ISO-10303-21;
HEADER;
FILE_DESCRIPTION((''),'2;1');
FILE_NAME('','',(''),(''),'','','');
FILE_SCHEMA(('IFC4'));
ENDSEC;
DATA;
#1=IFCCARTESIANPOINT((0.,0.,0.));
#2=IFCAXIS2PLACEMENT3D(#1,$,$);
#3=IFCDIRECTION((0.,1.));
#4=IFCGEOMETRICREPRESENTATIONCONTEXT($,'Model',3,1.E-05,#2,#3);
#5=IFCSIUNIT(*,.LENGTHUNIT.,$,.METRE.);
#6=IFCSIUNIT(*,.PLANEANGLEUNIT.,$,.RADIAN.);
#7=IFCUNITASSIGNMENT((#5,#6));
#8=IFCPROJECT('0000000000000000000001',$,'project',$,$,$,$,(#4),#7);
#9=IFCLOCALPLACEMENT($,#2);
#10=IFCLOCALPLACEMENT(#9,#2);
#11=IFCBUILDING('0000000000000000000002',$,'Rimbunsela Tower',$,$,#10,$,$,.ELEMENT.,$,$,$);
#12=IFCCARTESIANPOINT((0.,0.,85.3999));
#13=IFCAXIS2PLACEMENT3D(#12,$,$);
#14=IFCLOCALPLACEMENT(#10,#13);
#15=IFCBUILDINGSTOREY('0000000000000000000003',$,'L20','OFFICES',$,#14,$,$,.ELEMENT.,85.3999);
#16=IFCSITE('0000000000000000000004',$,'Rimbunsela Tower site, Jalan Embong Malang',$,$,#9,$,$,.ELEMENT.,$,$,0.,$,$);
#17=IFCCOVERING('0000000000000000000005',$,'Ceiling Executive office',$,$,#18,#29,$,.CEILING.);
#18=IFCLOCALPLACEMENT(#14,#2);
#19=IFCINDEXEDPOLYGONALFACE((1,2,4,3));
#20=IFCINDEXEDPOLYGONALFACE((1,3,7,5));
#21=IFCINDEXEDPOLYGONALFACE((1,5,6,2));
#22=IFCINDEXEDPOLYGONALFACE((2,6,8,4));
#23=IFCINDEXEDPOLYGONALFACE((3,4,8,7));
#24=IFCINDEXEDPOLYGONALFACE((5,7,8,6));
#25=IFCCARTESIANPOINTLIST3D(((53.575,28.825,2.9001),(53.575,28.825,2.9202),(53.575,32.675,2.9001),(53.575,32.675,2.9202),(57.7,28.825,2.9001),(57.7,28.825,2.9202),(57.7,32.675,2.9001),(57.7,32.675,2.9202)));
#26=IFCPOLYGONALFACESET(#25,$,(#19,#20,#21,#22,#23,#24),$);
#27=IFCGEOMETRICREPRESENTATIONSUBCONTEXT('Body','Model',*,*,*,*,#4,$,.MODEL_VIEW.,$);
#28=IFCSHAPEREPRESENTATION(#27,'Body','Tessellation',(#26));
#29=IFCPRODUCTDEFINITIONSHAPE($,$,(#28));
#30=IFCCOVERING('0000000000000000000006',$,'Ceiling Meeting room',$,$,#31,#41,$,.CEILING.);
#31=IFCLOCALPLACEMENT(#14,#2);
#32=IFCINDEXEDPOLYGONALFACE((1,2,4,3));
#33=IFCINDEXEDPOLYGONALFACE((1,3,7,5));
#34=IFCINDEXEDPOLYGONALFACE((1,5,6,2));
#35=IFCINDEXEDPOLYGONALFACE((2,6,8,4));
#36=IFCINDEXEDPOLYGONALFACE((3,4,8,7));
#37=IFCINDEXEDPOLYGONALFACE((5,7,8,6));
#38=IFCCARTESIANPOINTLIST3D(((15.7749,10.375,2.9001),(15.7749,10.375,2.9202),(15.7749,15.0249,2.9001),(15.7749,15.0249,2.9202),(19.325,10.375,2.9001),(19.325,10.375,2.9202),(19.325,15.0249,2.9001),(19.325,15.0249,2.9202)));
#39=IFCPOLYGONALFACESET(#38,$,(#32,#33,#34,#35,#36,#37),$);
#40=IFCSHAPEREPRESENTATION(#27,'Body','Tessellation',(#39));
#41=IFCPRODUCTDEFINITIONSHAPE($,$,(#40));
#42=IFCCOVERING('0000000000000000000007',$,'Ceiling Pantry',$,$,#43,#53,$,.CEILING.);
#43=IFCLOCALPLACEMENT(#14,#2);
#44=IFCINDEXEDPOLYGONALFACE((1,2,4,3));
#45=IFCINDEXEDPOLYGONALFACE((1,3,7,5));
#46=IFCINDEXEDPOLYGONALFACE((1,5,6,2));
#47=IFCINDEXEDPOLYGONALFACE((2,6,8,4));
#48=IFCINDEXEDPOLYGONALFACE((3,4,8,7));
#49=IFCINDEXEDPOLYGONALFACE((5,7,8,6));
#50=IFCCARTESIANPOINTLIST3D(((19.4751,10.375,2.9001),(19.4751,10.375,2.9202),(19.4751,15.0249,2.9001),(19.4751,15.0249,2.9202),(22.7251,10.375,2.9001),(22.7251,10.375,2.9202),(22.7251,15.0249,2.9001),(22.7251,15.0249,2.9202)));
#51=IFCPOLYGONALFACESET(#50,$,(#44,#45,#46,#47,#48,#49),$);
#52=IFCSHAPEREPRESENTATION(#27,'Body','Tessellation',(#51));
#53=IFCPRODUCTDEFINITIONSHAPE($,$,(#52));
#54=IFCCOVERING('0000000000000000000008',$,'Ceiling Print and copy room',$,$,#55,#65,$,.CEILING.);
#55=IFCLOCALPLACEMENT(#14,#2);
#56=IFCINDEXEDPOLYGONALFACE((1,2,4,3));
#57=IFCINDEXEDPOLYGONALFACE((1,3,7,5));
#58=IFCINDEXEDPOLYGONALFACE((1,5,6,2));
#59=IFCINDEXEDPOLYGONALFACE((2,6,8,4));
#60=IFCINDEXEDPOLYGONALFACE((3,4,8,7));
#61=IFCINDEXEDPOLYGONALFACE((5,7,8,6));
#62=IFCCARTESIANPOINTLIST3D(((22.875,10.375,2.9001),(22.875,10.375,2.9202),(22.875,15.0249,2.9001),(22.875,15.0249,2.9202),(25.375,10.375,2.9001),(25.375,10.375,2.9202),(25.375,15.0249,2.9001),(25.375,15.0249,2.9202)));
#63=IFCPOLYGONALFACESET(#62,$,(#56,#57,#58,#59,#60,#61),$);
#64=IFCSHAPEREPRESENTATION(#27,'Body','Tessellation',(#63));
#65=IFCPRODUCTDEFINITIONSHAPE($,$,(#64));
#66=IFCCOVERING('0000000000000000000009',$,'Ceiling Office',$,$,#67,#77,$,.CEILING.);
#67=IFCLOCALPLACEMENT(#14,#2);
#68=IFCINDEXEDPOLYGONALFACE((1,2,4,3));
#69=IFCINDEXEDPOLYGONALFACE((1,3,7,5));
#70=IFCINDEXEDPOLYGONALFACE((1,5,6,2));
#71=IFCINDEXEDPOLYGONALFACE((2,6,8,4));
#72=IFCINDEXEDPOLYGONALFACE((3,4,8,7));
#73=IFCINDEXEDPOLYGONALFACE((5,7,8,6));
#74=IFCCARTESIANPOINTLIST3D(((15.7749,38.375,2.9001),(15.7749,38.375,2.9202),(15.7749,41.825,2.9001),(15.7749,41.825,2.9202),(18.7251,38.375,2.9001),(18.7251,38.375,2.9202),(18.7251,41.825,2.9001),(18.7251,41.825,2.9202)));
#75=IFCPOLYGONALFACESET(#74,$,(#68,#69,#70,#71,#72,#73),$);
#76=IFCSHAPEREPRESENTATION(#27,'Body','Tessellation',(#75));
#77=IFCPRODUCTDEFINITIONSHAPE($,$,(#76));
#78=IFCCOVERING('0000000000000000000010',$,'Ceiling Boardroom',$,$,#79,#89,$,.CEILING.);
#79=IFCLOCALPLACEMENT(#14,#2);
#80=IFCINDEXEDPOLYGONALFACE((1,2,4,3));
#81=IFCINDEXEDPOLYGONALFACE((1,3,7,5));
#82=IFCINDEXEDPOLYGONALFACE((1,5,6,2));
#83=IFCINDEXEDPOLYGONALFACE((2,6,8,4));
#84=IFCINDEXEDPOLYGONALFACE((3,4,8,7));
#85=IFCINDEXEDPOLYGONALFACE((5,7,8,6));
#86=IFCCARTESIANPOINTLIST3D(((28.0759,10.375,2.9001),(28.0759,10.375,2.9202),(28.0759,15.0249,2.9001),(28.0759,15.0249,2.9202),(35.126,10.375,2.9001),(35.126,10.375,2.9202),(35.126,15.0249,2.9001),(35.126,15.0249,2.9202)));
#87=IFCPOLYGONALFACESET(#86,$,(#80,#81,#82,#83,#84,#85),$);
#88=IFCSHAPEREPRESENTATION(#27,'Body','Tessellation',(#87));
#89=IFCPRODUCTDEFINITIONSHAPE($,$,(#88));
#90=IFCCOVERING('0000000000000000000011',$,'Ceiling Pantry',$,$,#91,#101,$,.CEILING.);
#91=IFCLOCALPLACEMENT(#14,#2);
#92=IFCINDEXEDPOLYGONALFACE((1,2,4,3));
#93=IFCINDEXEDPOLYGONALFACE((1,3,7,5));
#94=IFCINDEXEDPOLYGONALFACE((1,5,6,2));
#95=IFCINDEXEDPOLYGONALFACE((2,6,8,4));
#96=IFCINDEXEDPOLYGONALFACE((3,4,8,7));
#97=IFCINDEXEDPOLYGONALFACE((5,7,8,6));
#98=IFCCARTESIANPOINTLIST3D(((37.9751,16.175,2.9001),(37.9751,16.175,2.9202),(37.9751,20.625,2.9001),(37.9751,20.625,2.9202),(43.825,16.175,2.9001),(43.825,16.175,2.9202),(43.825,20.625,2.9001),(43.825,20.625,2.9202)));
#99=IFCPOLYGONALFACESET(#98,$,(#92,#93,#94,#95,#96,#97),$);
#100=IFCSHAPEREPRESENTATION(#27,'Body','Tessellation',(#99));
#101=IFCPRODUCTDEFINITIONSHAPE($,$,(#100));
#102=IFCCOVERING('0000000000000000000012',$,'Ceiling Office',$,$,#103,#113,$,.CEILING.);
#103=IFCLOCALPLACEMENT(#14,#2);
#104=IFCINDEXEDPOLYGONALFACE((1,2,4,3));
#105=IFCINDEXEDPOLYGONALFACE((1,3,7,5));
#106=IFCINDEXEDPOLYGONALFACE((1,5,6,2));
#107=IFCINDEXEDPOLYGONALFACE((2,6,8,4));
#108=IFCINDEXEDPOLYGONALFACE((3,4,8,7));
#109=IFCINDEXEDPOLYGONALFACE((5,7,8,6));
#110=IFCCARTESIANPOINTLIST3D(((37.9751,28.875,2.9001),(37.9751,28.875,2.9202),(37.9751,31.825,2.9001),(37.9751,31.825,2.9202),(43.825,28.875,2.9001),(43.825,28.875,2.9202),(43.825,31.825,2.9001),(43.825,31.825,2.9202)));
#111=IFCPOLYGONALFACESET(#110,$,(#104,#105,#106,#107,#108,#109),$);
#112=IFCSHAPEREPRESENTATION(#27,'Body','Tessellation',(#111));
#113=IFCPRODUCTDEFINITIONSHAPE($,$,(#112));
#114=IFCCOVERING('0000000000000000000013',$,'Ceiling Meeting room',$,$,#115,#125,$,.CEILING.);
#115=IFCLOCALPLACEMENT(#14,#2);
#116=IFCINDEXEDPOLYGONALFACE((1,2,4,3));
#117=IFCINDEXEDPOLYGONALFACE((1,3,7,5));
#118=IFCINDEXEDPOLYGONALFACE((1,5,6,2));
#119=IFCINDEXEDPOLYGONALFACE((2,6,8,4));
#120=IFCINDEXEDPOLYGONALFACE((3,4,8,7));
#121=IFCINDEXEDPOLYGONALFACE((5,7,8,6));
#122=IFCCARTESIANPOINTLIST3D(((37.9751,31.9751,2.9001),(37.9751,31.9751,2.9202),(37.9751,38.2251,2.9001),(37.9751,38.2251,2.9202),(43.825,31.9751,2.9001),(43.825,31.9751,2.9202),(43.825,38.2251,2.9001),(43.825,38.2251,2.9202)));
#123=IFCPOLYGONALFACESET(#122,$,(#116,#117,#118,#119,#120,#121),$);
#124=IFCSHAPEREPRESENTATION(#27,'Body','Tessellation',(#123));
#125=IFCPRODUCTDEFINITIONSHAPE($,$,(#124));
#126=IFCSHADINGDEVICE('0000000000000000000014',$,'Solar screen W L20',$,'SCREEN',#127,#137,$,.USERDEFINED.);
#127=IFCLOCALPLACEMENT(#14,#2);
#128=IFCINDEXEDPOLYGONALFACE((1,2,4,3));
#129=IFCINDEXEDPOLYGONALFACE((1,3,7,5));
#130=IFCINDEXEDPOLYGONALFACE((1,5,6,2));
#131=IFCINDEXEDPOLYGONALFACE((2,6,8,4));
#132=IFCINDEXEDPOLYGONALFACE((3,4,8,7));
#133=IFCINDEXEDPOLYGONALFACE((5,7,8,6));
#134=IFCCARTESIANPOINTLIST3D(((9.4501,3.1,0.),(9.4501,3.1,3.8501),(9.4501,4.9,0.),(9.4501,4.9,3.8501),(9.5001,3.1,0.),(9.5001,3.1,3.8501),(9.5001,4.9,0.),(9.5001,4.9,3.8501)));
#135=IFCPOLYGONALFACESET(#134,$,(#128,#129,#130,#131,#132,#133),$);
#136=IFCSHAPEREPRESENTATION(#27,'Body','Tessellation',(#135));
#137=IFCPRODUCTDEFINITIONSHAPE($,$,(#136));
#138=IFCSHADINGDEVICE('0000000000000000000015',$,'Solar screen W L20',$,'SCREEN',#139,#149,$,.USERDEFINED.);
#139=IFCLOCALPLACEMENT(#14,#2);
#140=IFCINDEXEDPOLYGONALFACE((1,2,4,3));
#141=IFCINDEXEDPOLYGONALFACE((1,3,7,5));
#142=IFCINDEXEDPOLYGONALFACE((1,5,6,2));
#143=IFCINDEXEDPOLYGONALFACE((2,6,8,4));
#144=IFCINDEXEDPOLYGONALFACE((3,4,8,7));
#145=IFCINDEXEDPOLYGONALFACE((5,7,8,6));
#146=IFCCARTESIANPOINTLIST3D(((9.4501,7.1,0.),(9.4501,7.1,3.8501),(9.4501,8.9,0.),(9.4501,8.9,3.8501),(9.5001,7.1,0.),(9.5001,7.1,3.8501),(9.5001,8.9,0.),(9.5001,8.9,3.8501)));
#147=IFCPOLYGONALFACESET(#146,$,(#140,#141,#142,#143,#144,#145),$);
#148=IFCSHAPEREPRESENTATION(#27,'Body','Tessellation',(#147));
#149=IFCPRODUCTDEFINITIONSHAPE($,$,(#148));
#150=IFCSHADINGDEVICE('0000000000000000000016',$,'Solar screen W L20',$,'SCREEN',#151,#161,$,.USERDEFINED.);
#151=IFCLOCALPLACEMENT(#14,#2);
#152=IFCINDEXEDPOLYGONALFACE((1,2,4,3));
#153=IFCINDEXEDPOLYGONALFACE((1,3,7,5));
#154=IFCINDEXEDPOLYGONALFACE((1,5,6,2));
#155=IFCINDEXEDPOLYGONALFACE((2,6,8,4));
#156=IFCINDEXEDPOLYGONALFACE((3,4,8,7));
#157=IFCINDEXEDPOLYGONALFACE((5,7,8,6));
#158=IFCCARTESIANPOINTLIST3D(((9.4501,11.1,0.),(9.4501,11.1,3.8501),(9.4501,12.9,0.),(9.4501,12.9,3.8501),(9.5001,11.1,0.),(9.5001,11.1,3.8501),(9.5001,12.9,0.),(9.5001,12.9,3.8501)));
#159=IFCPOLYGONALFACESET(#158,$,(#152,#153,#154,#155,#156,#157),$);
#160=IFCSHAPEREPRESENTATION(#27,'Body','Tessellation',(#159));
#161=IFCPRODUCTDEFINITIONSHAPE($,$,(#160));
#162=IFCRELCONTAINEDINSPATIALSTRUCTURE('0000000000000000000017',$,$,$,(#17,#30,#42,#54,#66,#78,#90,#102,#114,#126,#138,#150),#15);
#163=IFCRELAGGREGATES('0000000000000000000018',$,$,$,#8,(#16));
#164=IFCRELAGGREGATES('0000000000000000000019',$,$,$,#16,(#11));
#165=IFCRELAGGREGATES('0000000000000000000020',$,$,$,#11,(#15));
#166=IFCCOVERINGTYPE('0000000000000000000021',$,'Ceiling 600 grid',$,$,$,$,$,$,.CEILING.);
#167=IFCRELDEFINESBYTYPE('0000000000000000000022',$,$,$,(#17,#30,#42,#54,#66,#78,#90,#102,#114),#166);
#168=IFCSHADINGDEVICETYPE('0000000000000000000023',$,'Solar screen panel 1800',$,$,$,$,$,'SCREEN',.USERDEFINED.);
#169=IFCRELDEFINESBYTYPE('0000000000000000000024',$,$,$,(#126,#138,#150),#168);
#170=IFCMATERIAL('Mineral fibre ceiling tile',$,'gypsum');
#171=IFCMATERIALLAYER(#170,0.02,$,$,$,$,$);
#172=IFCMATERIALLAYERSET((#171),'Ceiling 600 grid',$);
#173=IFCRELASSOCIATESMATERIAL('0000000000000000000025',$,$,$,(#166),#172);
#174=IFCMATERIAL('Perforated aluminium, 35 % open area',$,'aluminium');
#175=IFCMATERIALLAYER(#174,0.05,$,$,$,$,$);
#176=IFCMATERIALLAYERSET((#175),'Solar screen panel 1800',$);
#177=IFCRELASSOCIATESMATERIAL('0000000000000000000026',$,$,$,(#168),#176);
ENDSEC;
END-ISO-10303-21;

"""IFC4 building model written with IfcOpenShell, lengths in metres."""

from ifc_helpers import new_model, si_unit, direction, frame, origin, origin_2d, place, context, subcontext, project, spatial, polyline, rectangle, outline, extrude, material, layer, layer_set, type_object, element, save


model = new_model("IFC4")

# Units and contexts
model_context = context("Model", 3, precision=1e-05, world=origin(), true_north=direction((0.0, 1.0)))
body_context = subcontext(model_context, "Body", "Model", "MODEL_VIEW")
ifc_project = project(units=[si_unit("LENGTHUNIT", "METRE"), si_unit("PLANEANGLEUNIT", "RADIAN")], contexts=[model_context])

# Site, building, storey
site_placement = place(None, origin())
site = spatial("IfcSite", under=ifc_project, at=site_placement, Name="Rimbunsela Tower site, Jalan Embong Malang", CompositionType="ELEMENT", RefElevation=0.0)
building_placement = place(site_placement, origin())
building = spatial("IfcBuilding", under=site, at=building_placement, Name="Rimbunsela Tower", CompositionType="ELEMENT")
storey_placement = place(building_placement, frame((0.0, 0.0, 85.3999)))
storey = spatial("IfcBuildingStorey", under=building, at=storey_placement, Name="L20", Description="OFFICES", CompositionType="ELEMENT", Elevation=85.3999)

# Coverings
ifc_material_1 = material(Name="Mineral fibre ceiling tile", Category="gypsum")
ifc_layer_1 = layer(ifc_material_1, 0.02)
ifc_layer_set_1 = layer_set([ifc_layer_1], Name="Ceiling 600 grid")
covering_type_1 = type_object("IfcCoveringType", Name="Ceiling 600 grid", PredefinedType="CEILING", material=ifc_layer_set_1)
covering_1_placement = place(storey_placement, frame((0.0, 0.0, 2.9001)))
element("IfcCovering", 1, at=covering_1_placement, inside=storey, type_object=covering_type_1, Name="Ceiling Executive office", PredefinedType="CEILING", context=body_context, shape_type="SweptSolid", body=[
    extrude(outline(polyline([(57.7, 28.825), (57.7, 32.675), (53.575, 32.675), (53.575, 28.825), (57.7, 28.825)])), origin(), (0.0, 0.0, 1.0), 0.02),
])
covering_2_placement = place(storey_placement, frame((0.0, 0.0, 2.9001)))
element("IfcCovering", 2, at=covering_2_placement, inside=storey, type_object=covering_type_1, Name="Ceiling Meeting room", PredefinedType="CEILING", context=body_context, shape_type="SweptSolid", body=[
    extrude(outline(polyline([(19.325, 10.375), (19.325, 15.0249), (15.7749, 15.0249), (15.7749, 10.375), (19.325, 10.375)])), origin(), (0.0, 0.0, 1.0), 0.02),
])
covering_3_placement = place(storey_placement, frame((0.0, 0.0, 2.9001)))
element("IfcCovering", 3, at=covering_3_placement, inside=storey, type_object=covering_type_1, Name="Ceiling Pantry", PredefinedType="CEILING", context=body_context, shape_type="SweptSolid", body=[
    extrude(outline(polyline([(22.7251, 10.375), (22.7251, 15.0249), (19.4751, 15.0249), (19.4751, 10.375), (22.7251, 10.375)])), origin(), (0.0, 0.0, 1.0), 0.02),
])
covering_4_placement = place(storey_placement, frame((0.0, 0.0, 2.9001)))
element("IfcCovering", 4, at=covering_4_placement, inside=storey, type_object=covering_type_1, Name="Ceiling Print and copy room", PredefinedType="CEILING", context=body_context, shape_type="SweptSolid", body=[
    extrude(outline(polyline([(25.375, 10.375), (25.375, 15.0249), (22.875, 15.0249), (22.875, 10.375), (25.375, 10.375)])), origin(), (0.0, 0.0, 1.0), 0.02),
])
covering_5_placement = place(storey_placement, frame((0.0, 0.0, 2.9001)))
element("IfcCovering", 5, at=covering_5_placement, inside=storey, type_object=covering_type_1, Name="Ceiling Office", PredefinedType="CEILING", context=body_context, shape_type="SweptSolid", body=[
    extrude(outline(polyline([(18.7251, 38.375), (18.7251, 41.825), (15.7749, 41.825), (15.7749, 38.375), (18.7251, 38.375)])), origin(), (0.0, 0.0, 1.0), 0.02),
])
covering_6_placement = place(storey_placement, frame((0.0, 0.0, 2.9001)))
element("IfcCovering", 6, at=covering_6_placement, inside=storey, type_object=covering_type_1, Name="Ceiling Boardroom", PredefinedType="CEILING", context=body_context, shape_type="SweptSolid", body=[
    extrude(outline(polyline([(35.126, 10.375), (35.126, 15.0249), (28.0759, 15.0249), (28.0759, 10.375), (35.126, 10.375)])), origin(), (0.0, 0.0, 1.0), 0.02),
])
covering_7_placement = place(storey_placement, frame((0.0, 0.0, 2.9001)))
element("IfcCovering", 7, at=covering_7_placement, inside=storey, type_object=covering_type_1, Name="Ceiling Pantry", PredefinedType="CEILING", context=body_context, shape_type="SweptSolid", body=[
    extrude(outline(polyline([(43.825, 16.175), (43.825, 20.625), (37.9751, 20.625), (37.9751, 16.175), (43.825, 16.175)])), origin(), (0.0, 0.0, 1.0), 0.02),
])
covering_8_placement = place(storey_placement, frame((0.0, 0.0, 2.9001)))
element("IfcCovering", 8, at=covering_8_placement, inside=storey, type_object=covering_type_1, Name="Ceiling Office", PredefinedType="CEILING", context=body_context, shape_type="SweptSolid", body=[
    extrude(outline(polyline([(43.825, 28.875), (43.825, 31.825), (37.9751, 31.825), (37.9751, 28.875), (43.825, 28.875)])), origin(), (0.0, 0.0, 1.0), 0.02),
])
covering_9_placement = place(storey_placement, frame((0.0, 0.0, 2.9001)))
element("IfcCovering", 9, at=covering_9_placement, inside=storey, type_object=covering_type_1, Name="Ceiling Meeting room", PredefinedType="CEILING", context=body_context, shape_type="SweptSolid", body=[
    extrude(outline(polyline([(43.825, 31.9751), (43.825, 38.2251), (37.9751, 38.2251), (37.9751, 31.9751), (43.825, 31.9751)])), origin(), (0.0, 0.0, 1.0), 0.02),
])

# Shading devices
ifc_material_2 = material(Name="Perforated aluminium, 35 % open area", Category="aluminium")
ifc_layer_2 = layer(ifc_material_2, 0.05)
ifc_layer_set_2 = layer_set([ifc_layer_2], Name="Solar screen panel 1800")
shading_device_type = type_object("IfcShadingDeviceType", Name="Solar screen panel 1800", ElementType="SCREEN", PredefinedType="USERDEFINED", material=ifc_layer_set_2)
for number, where, z_axis, x_axis, name in (
    (10, (9.4751, 4.0, 0.0), (0.0, 0.0, 1.0), (0.0, 1.0, 0.0), "Solar screen W L20"),
    (11, (9.4751, 8.0, 0.0), (0.0, 0.0, 1.0), (0.0, 1.0, 0.0), "Solar screen W L20"),
    (12, (9.4751, 12.0, 0.0), (0.0, 0.0, 1.0), (0.0, 1.0, 0.0), "Solar screen W L20"),
):
    element("IfcShadingDevice", number, at=place(storey_placement, frame(where, z_axis=z_axis, x_axis=x_axis)), inside=storey, type_object=shading_device_type, Name=name, ObjectType="SCREEN", PredefinedType="USERDEFINED", context=body_context, shape_type="SweptSolid", body=[
        extrude(rectangle(XDim=1.8, YDim=0.05, at=origin_2d()), origin(), (0.0, 0.0, 1.0), 3.8501),
    ])

save(model, "model.ifc")
